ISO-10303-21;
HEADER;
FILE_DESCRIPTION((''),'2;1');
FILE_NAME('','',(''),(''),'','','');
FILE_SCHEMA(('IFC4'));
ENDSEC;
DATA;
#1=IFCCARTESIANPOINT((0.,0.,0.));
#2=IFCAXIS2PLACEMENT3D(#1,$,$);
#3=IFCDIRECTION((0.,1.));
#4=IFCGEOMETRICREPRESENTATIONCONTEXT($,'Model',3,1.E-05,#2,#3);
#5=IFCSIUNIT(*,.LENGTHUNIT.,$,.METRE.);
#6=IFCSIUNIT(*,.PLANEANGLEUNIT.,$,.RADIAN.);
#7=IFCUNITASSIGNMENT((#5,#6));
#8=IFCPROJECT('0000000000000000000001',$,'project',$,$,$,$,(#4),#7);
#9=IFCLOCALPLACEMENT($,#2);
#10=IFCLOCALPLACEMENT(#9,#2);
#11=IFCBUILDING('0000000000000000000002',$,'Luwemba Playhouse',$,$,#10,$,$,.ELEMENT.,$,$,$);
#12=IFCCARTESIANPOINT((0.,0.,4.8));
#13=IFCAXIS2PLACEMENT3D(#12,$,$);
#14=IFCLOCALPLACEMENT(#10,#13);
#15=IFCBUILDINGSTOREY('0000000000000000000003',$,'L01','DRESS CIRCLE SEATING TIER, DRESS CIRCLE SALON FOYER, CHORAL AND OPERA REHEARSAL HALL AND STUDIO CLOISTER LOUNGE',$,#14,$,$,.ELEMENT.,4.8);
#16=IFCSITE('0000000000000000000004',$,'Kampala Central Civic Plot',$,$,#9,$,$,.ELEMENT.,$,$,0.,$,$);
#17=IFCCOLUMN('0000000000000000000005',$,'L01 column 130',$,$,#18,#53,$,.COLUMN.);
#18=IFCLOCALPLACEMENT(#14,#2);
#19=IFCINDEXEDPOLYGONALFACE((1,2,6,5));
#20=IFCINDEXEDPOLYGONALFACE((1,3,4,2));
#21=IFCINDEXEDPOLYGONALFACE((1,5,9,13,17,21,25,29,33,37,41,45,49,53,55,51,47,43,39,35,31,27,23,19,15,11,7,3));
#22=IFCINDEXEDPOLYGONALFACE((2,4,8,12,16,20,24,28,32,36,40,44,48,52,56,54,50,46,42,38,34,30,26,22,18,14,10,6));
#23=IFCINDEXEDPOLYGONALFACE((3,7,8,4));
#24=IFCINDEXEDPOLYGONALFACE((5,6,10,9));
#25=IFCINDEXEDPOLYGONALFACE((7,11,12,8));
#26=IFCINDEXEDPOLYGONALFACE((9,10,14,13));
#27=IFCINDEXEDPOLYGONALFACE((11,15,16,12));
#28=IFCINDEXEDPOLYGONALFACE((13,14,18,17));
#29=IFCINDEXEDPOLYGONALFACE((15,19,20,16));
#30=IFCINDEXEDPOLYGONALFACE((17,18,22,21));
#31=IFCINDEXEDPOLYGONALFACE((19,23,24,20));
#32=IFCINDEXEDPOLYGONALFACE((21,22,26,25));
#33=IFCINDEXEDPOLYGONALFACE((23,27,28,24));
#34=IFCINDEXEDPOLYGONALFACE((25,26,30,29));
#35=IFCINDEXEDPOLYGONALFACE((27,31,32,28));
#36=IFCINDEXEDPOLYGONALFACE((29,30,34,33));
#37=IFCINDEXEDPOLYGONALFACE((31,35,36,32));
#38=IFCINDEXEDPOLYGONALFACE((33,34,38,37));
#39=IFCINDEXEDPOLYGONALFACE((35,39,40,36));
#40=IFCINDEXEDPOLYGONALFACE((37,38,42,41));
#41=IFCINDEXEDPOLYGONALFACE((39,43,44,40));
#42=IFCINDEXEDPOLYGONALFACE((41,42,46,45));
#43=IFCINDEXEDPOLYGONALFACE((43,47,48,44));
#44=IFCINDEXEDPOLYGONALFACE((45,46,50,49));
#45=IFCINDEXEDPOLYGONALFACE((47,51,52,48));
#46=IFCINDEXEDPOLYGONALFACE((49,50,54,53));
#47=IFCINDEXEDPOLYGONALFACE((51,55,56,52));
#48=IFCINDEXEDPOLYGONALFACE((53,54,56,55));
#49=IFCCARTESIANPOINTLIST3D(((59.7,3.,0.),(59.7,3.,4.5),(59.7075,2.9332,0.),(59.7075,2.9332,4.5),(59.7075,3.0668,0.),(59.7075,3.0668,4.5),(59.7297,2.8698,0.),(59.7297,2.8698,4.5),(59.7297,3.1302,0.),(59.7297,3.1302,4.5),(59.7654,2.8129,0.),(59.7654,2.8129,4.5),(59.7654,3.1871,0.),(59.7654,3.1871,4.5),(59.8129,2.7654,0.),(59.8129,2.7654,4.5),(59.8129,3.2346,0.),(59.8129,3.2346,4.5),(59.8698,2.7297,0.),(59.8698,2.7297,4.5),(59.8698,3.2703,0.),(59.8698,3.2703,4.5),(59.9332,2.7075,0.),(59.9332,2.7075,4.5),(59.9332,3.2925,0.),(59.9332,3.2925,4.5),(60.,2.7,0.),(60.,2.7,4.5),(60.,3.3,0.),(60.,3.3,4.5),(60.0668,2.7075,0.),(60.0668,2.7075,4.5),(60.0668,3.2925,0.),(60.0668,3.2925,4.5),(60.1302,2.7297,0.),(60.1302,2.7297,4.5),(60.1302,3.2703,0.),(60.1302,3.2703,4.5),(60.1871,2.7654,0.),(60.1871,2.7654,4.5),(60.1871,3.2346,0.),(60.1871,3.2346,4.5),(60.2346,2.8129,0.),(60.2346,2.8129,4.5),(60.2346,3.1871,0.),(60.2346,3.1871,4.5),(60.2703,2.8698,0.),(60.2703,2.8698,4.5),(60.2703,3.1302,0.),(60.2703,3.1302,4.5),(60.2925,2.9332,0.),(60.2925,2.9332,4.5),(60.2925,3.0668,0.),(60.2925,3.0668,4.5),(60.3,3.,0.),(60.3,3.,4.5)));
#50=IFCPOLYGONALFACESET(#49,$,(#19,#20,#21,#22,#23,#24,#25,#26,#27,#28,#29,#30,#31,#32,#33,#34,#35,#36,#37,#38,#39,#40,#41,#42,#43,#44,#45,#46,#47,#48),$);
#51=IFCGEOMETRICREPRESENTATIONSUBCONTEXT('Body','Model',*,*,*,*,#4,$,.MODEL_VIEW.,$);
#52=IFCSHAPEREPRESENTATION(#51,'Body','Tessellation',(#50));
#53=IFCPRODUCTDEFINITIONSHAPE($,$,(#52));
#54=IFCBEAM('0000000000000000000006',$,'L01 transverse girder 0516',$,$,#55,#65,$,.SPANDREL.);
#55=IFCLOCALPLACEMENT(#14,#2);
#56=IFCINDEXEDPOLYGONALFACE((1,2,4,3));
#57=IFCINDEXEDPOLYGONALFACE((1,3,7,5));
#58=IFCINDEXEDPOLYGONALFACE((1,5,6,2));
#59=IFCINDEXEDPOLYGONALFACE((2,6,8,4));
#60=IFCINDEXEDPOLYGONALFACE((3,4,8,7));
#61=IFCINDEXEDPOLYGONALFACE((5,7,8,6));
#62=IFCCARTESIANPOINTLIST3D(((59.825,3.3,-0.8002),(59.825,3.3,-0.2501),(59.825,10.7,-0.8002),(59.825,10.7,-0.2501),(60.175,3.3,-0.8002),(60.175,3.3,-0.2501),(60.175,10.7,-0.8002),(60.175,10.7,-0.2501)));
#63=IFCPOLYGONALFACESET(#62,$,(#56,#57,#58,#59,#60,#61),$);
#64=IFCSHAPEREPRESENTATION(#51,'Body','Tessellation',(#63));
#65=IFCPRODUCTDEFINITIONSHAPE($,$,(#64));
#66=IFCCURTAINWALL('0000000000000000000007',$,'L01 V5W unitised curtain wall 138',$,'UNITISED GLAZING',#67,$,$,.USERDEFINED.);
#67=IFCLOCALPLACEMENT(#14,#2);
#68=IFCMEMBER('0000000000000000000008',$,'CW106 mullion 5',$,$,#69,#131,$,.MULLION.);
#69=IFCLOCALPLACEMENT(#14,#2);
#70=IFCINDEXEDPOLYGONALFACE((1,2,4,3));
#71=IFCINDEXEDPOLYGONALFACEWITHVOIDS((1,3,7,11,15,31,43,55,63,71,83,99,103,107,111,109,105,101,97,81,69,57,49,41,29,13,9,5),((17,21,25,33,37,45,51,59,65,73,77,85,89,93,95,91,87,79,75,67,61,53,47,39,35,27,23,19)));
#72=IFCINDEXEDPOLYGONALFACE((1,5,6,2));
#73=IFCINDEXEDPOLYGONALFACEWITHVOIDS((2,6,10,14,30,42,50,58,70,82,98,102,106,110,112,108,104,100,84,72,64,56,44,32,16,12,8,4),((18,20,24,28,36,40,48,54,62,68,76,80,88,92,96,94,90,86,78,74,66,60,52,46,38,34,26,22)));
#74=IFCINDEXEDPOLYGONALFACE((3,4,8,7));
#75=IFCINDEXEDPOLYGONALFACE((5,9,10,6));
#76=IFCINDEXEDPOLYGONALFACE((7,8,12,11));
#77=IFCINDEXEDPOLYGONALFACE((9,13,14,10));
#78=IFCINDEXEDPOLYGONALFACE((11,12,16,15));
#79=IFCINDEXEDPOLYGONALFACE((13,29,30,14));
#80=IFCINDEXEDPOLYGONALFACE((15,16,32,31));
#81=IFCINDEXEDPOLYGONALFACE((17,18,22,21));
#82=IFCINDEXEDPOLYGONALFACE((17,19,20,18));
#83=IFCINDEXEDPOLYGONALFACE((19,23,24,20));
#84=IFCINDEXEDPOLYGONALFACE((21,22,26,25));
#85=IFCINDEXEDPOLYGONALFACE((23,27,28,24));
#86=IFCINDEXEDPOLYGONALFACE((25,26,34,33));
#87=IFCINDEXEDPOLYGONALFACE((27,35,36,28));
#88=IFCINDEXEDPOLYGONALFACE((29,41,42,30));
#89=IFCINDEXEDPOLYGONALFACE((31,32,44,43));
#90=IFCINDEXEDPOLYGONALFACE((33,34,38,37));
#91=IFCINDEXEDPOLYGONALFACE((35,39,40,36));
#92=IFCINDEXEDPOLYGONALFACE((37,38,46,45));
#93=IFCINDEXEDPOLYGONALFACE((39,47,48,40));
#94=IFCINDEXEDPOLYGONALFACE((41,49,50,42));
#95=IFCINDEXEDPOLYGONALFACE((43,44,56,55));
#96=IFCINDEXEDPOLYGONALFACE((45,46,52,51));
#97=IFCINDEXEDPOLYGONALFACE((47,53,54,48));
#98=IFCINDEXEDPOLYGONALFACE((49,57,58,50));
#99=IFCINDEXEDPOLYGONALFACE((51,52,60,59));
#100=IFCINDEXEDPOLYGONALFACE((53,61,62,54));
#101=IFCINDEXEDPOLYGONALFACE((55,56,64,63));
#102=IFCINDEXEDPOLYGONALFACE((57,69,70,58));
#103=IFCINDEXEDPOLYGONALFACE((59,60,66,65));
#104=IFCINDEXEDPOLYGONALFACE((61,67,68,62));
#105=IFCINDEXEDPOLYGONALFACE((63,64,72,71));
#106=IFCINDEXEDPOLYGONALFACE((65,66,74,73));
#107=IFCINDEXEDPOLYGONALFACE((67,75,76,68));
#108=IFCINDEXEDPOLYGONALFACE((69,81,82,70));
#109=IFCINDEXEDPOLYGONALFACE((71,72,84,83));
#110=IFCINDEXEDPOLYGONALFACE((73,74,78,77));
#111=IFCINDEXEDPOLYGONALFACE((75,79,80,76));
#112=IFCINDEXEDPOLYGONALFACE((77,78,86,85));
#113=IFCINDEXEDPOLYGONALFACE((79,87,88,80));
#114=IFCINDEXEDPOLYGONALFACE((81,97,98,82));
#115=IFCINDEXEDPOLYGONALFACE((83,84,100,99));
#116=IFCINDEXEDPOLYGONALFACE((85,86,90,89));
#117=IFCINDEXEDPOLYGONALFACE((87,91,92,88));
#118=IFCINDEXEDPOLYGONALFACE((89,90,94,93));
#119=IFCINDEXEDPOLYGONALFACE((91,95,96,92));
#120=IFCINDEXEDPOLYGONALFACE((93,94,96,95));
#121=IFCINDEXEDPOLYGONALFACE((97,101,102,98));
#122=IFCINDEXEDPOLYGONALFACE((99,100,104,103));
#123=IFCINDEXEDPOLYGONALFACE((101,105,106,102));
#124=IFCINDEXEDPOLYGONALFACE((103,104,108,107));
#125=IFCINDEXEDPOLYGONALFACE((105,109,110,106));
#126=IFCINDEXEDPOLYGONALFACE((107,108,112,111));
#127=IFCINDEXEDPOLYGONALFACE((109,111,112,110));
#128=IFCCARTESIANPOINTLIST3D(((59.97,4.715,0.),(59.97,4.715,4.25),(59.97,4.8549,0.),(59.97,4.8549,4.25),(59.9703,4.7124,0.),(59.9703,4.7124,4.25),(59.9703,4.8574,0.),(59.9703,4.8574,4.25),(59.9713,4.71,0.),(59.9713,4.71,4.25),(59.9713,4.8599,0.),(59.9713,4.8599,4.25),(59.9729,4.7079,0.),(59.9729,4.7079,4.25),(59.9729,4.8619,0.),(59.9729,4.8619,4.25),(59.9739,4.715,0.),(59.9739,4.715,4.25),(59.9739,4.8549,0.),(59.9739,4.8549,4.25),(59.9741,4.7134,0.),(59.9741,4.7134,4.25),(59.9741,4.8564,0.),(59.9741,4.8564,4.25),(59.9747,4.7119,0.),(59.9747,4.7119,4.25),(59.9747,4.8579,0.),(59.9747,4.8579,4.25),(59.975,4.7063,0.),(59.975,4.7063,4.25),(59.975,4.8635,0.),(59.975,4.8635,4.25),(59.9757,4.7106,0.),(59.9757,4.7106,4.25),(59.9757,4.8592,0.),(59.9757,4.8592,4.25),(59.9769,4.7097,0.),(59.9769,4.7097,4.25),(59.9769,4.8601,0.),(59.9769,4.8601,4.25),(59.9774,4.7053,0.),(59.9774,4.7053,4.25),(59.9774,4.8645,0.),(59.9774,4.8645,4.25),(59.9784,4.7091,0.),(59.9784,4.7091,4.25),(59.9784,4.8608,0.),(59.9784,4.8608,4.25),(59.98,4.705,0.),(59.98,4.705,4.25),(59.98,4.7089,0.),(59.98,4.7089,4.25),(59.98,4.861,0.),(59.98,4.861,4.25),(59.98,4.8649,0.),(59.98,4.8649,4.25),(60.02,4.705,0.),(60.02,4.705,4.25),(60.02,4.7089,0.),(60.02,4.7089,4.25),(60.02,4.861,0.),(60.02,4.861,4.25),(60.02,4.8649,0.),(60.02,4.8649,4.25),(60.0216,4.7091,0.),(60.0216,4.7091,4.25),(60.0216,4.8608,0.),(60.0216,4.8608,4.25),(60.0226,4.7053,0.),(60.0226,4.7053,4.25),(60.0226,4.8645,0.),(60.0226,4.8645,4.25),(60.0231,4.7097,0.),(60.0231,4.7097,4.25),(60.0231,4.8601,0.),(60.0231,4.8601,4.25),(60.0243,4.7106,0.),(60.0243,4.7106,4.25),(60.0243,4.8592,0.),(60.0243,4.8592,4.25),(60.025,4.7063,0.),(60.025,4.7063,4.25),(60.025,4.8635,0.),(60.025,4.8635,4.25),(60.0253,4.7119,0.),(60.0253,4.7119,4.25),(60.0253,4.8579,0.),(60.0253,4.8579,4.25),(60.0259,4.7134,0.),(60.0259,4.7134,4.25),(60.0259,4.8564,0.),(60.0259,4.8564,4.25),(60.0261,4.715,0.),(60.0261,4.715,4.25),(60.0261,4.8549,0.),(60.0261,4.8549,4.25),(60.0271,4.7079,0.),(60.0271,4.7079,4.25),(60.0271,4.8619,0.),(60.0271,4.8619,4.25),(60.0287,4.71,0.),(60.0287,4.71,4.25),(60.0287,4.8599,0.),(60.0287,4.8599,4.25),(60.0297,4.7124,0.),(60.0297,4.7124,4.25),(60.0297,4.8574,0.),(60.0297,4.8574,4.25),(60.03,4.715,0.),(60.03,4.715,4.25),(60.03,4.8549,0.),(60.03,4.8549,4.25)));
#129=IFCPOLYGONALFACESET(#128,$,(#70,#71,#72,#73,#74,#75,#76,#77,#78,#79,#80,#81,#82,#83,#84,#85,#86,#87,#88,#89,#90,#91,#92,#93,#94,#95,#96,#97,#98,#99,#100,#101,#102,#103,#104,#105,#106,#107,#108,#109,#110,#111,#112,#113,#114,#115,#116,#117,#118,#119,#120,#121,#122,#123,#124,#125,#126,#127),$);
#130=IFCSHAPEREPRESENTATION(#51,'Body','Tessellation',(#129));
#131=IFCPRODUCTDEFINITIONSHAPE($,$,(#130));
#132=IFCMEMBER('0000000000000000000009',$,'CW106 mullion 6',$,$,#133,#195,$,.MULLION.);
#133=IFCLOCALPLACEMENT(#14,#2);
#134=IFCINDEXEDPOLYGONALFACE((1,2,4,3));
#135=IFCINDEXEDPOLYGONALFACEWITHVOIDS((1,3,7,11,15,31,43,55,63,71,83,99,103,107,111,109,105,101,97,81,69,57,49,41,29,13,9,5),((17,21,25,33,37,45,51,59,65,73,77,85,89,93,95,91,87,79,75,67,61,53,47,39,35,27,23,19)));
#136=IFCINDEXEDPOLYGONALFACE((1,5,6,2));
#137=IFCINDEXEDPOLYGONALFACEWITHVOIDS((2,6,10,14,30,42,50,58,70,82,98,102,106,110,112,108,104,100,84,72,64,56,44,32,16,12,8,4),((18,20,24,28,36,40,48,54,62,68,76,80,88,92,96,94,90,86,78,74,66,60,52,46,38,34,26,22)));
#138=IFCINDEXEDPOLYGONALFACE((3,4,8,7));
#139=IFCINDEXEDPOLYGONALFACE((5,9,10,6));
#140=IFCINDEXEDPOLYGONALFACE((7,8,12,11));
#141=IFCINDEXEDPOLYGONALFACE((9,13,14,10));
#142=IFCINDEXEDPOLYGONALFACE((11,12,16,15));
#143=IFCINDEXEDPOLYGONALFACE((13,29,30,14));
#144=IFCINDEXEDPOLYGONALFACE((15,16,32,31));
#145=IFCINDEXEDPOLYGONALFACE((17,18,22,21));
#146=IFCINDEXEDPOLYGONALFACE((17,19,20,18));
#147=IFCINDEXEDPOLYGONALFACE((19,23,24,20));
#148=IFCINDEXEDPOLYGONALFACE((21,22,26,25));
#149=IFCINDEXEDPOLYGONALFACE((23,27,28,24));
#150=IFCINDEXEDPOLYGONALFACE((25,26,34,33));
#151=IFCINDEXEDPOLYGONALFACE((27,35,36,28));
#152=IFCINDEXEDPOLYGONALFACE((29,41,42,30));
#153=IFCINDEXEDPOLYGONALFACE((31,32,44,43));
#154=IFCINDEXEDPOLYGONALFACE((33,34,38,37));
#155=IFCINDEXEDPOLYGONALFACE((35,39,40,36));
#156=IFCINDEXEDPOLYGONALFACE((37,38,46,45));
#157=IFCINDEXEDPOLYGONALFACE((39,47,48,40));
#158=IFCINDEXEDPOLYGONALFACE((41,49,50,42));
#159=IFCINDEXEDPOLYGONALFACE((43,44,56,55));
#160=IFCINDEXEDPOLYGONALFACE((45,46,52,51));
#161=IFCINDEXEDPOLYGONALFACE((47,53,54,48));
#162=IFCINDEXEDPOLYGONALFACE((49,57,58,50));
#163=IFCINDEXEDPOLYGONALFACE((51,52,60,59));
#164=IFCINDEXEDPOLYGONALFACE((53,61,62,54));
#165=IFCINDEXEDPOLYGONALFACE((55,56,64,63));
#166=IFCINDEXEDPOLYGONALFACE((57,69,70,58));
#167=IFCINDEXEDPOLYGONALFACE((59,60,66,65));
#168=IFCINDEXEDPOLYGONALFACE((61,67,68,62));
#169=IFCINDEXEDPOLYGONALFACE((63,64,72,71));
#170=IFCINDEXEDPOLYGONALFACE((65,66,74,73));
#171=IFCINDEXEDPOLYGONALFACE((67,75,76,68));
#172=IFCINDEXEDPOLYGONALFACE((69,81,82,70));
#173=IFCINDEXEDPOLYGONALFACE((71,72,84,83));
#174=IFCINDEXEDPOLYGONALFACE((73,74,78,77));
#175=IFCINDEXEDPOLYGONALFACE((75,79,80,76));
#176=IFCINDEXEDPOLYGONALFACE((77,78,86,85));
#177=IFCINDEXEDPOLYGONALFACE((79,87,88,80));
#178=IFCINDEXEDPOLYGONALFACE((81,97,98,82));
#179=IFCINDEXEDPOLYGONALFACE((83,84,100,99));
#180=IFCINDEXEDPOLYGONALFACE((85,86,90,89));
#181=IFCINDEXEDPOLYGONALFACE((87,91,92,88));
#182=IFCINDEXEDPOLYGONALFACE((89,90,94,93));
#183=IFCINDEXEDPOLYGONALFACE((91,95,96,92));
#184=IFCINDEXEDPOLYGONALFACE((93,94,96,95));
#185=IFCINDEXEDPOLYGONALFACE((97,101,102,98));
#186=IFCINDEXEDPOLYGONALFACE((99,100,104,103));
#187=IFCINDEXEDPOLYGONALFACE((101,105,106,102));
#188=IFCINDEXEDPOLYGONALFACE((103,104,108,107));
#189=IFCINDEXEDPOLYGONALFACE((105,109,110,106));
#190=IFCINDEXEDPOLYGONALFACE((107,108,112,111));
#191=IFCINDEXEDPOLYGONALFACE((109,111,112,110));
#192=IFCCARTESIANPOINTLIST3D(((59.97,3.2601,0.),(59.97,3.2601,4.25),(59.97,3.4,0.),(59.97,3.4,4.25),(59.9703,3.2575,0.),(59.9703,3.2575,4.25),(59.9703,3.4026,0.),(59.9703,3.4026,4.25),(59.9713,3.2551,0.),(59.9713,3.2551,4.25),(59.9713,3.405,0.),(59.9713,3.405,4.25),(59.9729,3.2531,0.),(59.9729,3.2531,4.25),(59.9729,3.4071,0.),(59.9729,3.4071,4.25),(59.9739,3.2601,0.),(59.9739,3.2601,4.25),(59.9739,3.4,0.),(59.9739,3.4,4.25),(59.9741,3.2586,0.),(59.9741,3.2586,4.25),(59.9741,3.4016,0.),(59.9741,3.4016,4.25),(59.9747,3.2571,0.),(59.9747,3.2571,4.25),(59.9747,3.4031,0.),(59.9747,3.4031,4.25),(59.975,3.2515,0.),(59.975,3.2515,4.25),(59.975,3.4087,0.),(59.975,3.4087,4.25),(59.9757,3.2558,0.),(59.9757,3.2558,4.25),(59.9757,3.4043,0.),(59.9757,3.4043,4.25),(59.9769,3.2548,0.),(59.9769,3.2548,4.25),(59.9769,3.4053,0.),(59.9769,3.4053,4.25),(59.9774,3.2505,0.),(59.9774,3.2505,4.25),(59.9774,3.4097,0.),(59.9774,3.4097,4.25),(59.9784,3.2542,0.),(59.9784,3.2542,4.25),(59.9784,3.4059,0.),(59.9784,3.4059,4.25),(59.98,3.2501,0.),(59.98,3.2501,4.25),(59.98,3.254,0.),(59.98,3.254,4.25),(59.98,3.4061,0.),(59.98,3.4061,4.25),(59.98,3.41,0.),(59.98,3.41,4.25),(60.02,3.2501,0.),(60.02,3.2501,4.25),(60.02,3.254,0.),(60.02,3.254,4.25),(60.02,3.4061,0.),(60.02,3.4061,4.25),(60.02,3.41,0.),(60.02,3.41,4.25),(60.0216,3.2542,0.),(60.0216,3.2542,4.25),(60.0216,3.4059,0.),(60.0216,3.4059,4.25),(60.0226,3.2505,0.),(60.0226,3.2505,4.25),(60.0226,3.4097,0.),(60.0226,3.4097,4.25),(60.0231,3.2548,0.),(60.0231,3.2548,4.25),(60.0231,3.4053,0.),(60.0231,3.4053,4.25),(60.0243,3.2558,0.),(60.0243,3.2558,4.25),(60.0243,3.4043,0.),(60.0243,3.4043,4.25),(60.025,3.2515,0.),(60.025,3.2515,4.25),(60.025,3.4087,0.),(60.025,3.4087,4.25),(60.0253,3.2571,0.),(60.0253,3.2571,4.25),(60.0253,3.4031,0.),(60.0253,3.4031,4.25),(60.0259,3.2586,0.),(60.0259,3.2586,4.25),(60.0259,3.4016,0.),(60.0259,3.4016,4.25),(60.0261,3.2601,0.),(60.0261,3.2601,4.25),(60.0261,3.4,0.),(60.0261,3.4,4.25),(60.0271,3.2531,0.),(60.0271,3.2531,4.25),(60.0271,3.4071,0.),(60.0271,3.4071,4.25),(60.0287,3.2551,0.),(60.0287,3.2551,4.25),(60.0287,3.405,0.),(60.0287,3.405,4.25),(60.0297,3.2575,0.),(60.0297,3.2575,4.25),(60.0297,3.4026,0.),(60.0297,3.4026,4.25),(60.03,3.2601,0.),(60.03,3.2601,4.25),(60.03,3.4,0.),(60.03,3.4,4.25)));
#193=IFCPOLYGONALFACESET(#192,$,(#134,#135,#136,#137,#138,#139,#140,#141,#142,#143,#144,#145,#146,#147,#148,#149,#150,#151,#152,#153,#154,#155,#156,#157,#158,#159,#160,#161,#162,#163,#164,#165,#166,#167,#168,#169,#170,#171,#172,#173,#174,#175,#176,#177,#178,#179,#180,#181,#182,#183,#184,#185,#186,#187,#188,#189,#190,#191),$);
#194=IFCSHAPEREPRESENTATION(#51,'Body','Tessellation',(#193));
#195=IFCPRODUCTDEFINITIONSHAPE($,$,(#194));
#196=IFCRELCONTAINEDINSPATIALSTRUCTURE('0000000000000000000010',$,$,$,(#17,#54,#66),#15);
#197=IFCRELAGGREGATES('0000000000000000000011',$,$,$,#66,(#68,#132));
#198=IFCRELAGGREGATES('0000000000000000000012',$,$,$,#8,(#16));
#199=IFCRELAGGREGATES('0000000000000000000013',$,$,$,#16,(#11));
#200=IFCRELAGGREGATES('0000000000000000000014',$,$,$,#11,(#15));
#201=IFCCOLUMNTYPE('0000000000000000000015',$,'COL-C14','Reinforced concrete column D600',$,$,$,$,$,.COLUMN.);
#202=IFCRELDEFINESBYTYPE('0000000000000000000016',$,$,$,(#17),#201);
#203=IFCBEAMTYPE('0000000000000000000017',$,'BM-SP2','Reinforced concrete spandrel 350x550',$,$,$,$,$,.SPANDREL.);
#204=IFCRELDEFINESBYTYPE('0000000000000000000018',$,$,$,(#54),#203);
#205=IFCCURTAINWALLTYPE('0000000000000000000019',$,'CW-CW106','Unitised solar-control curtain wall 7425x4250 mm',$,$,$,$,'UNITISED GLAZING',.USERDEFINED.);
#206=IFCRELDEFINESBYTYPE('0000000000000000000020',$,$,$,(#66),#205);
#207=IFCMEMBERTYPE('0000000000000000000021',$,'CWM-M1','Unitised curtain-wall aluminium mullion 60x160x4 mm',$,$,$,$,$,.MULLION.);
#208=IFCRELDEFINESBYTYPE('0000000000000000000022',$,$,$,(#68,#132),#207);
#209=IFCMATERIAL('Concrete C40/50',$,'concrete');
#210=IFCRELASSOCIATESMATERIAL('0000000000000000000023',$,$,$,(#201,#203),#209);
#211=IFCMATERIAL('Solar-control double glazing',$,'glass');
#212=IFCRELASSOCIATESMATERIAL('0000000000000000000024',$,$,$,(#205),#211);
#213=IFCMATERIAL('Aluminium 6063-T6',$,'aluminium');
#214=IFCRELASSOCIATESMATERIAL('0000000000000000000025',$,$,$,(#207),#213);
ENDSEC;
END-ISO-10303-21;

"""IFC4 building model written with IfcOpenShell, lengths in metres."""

from ifc_helpers import new_model, si_unit, direction, frame, origin, origin_2d, place, context, subcontext, project, spatial, rectangle, hollow_rectangle, circle, extrude, material, material_profile, profile_set, type_object, element, aggregate, save


model = new_model("IFC4")

# Units and contexts
model_context = context("Model", 3, precision=1e-05, world=origin(), true_north=direction((0.0, 1.0)))
body_context = subcontext(model_context, "Body", "Model", "MODEL_VIEW")
ifc_project = project(units=[si_unit("LENGTHUNIT", "METRE"), si_unit("PLANEANGLEUNIT", "RADIAN")], contexts=[model_context])

# Site, building, storey
site_placement = place(None, origin())
site = spatial("IfcSite", under=ifc_project, at=site_placement, Name="Kampala Central Civic Plot", CompositionType="ELEMENT", RefElevation=0.0)
building_placement = place(site_placement, origin())
building = spatial("IfcBuilding", under=site, at=building_placement, Name="Luwemba Playhouse", CompositionType="ELEMENT")
storey_placement = place(building_placement, frame((0.0, 0.0, 4.8)))
storey = spatial("IfcBuildingStorey", under=building, at=storey_placement, Name="L01", Description="DRESS CIRCLE SEATING TIER, DRESS CIRCLE SALON FOYER, CHORAL AND OPERA REHEARSAL HALL AND STUDIO CLOISTER LOUNGE", CompositionType="ELEMENT", Elevation=4.8)

# Column
ifc_material_1 = material(Name="Concrete C40/50", Category="concrete")
ifc_material_profile_1 = material_profile(ifc_material_1, circle(Radius=0.3, at=origin_2d()))
ifc_profile_set_1 = profile_set([ifc_material_profile_1], Name="Concrete C40/50")
column_type = type_object("IfcColumnType", Name="COL-C14", Description="Reinforced concrete column D600", PredefinedType="COLUMN", material=ifc_profile_set_1)
column_placement = place(storey_placement, frame((60.0, 3.0, 0.0), z_axis=(0.0, 0.0, 1.0), x_axis=(1.0, 0.0, 0.0)))
element("IfcColumn", 1, at=column_placement, inside=storey, type_object=column_type, Name="L01 column 130", PredefinedType="COLUMN", context=body_context, shape_type="SweptSolid", body=[
    extrude(circle(Radius=0.3, at=origin_2d()), origin(), (0.0, 0.0, 1.0), 4.5),
])

# Beam
ifc_material_profile_2 = material_profile(ifc_material_1, rectangle(XDim=0.3501, YDim=0.55, at=origin_2d()))
ifc_profile_set_2 = profile_set([ifc_material_profile_2], Name="Concrete C40/50")
beam_type = type_object("IfcBeamType", Name="BM-SP2", Description="Reinforced concrete spandrel 350x550", PredefinedType="SPANDREL", material=ifc_profile_set_2)
beam_placement = place(storey_placement, frame((60.0, 3.3, -0.5251), z_axis=(0.0, 1.0, 0.0), x_axis=(-1.0, 0.0, 0.0)))
element("IfcBeam", 2, at=beam_placement, inside=storey, type_object=beam_type, Name="L01 transverse girder 0516", PredefinedType="SPANDREL", context=body_context, shape_type="SweptSolid", body=[
    extrude(rectangle(XDim=0.3501, YDim=0.55, at=origin_2d()), origin(), (0.0, 0.0, 1.0), 7.3999),
])

# Curtain wall, members
ifc_material_2 = material(Name="Solar-control double glazing", Category="glass")
curtain_wall_type_1 = type_object("IfcCurtainWallType", Name="CW-CW106", Description="Unitised solar-control curtain wall 7425x4250 mm", ElementType="UNITISED GLAZING", PredefinedType="USERDEFINED", material=ifc_material_2)
curtain_wall_1_placement = place(storey_placement, origin())
curtain_wall_1 = element("IfcCurtainWall", 3, at=curtain_wall_1_placement, inside=storey, type_object=curtain_wall_type_1, Name="L01 V5W unitised curtain wall 138", ObjectType="UNITISED GLAZING", PredefinedType="USERDEFINED")
ifc_material_3 = material(Name="Aluminium 6063-T6", Category="aluminium")
ifc_material_profile_3 = material_profile(ifc_material_3, hollow_rectangle(XDim=0.0601, YDim=0.1599, WallThickness=0.0039, InnerFilletRadius=0.0061, OuterFilletRadius=0.01, at=origin_2d()))
ifc_profile_set_3 = profile_set([ifc_material_profile_3], Name="Aluminium 6063-T6")
member_type_1 = type_object("IfcMemberType", Name="CWM-M1", Description="Unitised curtain-wall aluminium mullion 60x160x4 mm", PredefinedType="MULLION", material=ifc_profile_set_3)
member_1_placement = place(storey_placement, frame((60.0, 4.7849, 0.0), z_axis=(0.0, 0.0, 1.0), x_axis=(1.0, 0.0, 0.0)))
member_1 = element("IfcMember", 4, at=member_1_placement, type_object=member_type_1, Name="CW106 mullion 5", PredefinedType="MULLION", context=body_context, shape_type="SweptSolid", body=[
    extrude(hollow_rectangle(XDim=0.0601, YDim=0.1599, WallThickness=0.0039, InnerFilletRadius=0.0061, OuterFilletRadius=0.01, at=origin_2d()), origin(), (0.0, 0.0, 1.0), 4.25),
])
member_2_placement = place(storey_placement, frame((60.0, 3.3301, 0.0), z_axis=(0.0, 0.0, 1.0), x_axis=(1.0, 0.0, 0.0)))
member_2 = element("IfcMember", 5, at=member_2_placement, type_object=member_type_1, Name="CW106 mullion 6", PredefinedType="MULLION", context=body_context, shape_type="SweptSolid", body=[
    extrude(hollow_rectangle(XDim=0.0601, YDim=0.1599, WallThickness=0.0039, InnerFilletRadius=0.0061, OuterFilletRadius=0.01, at=origin_2d()), origin(), (0.0, 0.0, 1.0), 4.25),
])

aggregate(curtain_wall_1, [member_1, member_2])

save(model, "model.ifc")
